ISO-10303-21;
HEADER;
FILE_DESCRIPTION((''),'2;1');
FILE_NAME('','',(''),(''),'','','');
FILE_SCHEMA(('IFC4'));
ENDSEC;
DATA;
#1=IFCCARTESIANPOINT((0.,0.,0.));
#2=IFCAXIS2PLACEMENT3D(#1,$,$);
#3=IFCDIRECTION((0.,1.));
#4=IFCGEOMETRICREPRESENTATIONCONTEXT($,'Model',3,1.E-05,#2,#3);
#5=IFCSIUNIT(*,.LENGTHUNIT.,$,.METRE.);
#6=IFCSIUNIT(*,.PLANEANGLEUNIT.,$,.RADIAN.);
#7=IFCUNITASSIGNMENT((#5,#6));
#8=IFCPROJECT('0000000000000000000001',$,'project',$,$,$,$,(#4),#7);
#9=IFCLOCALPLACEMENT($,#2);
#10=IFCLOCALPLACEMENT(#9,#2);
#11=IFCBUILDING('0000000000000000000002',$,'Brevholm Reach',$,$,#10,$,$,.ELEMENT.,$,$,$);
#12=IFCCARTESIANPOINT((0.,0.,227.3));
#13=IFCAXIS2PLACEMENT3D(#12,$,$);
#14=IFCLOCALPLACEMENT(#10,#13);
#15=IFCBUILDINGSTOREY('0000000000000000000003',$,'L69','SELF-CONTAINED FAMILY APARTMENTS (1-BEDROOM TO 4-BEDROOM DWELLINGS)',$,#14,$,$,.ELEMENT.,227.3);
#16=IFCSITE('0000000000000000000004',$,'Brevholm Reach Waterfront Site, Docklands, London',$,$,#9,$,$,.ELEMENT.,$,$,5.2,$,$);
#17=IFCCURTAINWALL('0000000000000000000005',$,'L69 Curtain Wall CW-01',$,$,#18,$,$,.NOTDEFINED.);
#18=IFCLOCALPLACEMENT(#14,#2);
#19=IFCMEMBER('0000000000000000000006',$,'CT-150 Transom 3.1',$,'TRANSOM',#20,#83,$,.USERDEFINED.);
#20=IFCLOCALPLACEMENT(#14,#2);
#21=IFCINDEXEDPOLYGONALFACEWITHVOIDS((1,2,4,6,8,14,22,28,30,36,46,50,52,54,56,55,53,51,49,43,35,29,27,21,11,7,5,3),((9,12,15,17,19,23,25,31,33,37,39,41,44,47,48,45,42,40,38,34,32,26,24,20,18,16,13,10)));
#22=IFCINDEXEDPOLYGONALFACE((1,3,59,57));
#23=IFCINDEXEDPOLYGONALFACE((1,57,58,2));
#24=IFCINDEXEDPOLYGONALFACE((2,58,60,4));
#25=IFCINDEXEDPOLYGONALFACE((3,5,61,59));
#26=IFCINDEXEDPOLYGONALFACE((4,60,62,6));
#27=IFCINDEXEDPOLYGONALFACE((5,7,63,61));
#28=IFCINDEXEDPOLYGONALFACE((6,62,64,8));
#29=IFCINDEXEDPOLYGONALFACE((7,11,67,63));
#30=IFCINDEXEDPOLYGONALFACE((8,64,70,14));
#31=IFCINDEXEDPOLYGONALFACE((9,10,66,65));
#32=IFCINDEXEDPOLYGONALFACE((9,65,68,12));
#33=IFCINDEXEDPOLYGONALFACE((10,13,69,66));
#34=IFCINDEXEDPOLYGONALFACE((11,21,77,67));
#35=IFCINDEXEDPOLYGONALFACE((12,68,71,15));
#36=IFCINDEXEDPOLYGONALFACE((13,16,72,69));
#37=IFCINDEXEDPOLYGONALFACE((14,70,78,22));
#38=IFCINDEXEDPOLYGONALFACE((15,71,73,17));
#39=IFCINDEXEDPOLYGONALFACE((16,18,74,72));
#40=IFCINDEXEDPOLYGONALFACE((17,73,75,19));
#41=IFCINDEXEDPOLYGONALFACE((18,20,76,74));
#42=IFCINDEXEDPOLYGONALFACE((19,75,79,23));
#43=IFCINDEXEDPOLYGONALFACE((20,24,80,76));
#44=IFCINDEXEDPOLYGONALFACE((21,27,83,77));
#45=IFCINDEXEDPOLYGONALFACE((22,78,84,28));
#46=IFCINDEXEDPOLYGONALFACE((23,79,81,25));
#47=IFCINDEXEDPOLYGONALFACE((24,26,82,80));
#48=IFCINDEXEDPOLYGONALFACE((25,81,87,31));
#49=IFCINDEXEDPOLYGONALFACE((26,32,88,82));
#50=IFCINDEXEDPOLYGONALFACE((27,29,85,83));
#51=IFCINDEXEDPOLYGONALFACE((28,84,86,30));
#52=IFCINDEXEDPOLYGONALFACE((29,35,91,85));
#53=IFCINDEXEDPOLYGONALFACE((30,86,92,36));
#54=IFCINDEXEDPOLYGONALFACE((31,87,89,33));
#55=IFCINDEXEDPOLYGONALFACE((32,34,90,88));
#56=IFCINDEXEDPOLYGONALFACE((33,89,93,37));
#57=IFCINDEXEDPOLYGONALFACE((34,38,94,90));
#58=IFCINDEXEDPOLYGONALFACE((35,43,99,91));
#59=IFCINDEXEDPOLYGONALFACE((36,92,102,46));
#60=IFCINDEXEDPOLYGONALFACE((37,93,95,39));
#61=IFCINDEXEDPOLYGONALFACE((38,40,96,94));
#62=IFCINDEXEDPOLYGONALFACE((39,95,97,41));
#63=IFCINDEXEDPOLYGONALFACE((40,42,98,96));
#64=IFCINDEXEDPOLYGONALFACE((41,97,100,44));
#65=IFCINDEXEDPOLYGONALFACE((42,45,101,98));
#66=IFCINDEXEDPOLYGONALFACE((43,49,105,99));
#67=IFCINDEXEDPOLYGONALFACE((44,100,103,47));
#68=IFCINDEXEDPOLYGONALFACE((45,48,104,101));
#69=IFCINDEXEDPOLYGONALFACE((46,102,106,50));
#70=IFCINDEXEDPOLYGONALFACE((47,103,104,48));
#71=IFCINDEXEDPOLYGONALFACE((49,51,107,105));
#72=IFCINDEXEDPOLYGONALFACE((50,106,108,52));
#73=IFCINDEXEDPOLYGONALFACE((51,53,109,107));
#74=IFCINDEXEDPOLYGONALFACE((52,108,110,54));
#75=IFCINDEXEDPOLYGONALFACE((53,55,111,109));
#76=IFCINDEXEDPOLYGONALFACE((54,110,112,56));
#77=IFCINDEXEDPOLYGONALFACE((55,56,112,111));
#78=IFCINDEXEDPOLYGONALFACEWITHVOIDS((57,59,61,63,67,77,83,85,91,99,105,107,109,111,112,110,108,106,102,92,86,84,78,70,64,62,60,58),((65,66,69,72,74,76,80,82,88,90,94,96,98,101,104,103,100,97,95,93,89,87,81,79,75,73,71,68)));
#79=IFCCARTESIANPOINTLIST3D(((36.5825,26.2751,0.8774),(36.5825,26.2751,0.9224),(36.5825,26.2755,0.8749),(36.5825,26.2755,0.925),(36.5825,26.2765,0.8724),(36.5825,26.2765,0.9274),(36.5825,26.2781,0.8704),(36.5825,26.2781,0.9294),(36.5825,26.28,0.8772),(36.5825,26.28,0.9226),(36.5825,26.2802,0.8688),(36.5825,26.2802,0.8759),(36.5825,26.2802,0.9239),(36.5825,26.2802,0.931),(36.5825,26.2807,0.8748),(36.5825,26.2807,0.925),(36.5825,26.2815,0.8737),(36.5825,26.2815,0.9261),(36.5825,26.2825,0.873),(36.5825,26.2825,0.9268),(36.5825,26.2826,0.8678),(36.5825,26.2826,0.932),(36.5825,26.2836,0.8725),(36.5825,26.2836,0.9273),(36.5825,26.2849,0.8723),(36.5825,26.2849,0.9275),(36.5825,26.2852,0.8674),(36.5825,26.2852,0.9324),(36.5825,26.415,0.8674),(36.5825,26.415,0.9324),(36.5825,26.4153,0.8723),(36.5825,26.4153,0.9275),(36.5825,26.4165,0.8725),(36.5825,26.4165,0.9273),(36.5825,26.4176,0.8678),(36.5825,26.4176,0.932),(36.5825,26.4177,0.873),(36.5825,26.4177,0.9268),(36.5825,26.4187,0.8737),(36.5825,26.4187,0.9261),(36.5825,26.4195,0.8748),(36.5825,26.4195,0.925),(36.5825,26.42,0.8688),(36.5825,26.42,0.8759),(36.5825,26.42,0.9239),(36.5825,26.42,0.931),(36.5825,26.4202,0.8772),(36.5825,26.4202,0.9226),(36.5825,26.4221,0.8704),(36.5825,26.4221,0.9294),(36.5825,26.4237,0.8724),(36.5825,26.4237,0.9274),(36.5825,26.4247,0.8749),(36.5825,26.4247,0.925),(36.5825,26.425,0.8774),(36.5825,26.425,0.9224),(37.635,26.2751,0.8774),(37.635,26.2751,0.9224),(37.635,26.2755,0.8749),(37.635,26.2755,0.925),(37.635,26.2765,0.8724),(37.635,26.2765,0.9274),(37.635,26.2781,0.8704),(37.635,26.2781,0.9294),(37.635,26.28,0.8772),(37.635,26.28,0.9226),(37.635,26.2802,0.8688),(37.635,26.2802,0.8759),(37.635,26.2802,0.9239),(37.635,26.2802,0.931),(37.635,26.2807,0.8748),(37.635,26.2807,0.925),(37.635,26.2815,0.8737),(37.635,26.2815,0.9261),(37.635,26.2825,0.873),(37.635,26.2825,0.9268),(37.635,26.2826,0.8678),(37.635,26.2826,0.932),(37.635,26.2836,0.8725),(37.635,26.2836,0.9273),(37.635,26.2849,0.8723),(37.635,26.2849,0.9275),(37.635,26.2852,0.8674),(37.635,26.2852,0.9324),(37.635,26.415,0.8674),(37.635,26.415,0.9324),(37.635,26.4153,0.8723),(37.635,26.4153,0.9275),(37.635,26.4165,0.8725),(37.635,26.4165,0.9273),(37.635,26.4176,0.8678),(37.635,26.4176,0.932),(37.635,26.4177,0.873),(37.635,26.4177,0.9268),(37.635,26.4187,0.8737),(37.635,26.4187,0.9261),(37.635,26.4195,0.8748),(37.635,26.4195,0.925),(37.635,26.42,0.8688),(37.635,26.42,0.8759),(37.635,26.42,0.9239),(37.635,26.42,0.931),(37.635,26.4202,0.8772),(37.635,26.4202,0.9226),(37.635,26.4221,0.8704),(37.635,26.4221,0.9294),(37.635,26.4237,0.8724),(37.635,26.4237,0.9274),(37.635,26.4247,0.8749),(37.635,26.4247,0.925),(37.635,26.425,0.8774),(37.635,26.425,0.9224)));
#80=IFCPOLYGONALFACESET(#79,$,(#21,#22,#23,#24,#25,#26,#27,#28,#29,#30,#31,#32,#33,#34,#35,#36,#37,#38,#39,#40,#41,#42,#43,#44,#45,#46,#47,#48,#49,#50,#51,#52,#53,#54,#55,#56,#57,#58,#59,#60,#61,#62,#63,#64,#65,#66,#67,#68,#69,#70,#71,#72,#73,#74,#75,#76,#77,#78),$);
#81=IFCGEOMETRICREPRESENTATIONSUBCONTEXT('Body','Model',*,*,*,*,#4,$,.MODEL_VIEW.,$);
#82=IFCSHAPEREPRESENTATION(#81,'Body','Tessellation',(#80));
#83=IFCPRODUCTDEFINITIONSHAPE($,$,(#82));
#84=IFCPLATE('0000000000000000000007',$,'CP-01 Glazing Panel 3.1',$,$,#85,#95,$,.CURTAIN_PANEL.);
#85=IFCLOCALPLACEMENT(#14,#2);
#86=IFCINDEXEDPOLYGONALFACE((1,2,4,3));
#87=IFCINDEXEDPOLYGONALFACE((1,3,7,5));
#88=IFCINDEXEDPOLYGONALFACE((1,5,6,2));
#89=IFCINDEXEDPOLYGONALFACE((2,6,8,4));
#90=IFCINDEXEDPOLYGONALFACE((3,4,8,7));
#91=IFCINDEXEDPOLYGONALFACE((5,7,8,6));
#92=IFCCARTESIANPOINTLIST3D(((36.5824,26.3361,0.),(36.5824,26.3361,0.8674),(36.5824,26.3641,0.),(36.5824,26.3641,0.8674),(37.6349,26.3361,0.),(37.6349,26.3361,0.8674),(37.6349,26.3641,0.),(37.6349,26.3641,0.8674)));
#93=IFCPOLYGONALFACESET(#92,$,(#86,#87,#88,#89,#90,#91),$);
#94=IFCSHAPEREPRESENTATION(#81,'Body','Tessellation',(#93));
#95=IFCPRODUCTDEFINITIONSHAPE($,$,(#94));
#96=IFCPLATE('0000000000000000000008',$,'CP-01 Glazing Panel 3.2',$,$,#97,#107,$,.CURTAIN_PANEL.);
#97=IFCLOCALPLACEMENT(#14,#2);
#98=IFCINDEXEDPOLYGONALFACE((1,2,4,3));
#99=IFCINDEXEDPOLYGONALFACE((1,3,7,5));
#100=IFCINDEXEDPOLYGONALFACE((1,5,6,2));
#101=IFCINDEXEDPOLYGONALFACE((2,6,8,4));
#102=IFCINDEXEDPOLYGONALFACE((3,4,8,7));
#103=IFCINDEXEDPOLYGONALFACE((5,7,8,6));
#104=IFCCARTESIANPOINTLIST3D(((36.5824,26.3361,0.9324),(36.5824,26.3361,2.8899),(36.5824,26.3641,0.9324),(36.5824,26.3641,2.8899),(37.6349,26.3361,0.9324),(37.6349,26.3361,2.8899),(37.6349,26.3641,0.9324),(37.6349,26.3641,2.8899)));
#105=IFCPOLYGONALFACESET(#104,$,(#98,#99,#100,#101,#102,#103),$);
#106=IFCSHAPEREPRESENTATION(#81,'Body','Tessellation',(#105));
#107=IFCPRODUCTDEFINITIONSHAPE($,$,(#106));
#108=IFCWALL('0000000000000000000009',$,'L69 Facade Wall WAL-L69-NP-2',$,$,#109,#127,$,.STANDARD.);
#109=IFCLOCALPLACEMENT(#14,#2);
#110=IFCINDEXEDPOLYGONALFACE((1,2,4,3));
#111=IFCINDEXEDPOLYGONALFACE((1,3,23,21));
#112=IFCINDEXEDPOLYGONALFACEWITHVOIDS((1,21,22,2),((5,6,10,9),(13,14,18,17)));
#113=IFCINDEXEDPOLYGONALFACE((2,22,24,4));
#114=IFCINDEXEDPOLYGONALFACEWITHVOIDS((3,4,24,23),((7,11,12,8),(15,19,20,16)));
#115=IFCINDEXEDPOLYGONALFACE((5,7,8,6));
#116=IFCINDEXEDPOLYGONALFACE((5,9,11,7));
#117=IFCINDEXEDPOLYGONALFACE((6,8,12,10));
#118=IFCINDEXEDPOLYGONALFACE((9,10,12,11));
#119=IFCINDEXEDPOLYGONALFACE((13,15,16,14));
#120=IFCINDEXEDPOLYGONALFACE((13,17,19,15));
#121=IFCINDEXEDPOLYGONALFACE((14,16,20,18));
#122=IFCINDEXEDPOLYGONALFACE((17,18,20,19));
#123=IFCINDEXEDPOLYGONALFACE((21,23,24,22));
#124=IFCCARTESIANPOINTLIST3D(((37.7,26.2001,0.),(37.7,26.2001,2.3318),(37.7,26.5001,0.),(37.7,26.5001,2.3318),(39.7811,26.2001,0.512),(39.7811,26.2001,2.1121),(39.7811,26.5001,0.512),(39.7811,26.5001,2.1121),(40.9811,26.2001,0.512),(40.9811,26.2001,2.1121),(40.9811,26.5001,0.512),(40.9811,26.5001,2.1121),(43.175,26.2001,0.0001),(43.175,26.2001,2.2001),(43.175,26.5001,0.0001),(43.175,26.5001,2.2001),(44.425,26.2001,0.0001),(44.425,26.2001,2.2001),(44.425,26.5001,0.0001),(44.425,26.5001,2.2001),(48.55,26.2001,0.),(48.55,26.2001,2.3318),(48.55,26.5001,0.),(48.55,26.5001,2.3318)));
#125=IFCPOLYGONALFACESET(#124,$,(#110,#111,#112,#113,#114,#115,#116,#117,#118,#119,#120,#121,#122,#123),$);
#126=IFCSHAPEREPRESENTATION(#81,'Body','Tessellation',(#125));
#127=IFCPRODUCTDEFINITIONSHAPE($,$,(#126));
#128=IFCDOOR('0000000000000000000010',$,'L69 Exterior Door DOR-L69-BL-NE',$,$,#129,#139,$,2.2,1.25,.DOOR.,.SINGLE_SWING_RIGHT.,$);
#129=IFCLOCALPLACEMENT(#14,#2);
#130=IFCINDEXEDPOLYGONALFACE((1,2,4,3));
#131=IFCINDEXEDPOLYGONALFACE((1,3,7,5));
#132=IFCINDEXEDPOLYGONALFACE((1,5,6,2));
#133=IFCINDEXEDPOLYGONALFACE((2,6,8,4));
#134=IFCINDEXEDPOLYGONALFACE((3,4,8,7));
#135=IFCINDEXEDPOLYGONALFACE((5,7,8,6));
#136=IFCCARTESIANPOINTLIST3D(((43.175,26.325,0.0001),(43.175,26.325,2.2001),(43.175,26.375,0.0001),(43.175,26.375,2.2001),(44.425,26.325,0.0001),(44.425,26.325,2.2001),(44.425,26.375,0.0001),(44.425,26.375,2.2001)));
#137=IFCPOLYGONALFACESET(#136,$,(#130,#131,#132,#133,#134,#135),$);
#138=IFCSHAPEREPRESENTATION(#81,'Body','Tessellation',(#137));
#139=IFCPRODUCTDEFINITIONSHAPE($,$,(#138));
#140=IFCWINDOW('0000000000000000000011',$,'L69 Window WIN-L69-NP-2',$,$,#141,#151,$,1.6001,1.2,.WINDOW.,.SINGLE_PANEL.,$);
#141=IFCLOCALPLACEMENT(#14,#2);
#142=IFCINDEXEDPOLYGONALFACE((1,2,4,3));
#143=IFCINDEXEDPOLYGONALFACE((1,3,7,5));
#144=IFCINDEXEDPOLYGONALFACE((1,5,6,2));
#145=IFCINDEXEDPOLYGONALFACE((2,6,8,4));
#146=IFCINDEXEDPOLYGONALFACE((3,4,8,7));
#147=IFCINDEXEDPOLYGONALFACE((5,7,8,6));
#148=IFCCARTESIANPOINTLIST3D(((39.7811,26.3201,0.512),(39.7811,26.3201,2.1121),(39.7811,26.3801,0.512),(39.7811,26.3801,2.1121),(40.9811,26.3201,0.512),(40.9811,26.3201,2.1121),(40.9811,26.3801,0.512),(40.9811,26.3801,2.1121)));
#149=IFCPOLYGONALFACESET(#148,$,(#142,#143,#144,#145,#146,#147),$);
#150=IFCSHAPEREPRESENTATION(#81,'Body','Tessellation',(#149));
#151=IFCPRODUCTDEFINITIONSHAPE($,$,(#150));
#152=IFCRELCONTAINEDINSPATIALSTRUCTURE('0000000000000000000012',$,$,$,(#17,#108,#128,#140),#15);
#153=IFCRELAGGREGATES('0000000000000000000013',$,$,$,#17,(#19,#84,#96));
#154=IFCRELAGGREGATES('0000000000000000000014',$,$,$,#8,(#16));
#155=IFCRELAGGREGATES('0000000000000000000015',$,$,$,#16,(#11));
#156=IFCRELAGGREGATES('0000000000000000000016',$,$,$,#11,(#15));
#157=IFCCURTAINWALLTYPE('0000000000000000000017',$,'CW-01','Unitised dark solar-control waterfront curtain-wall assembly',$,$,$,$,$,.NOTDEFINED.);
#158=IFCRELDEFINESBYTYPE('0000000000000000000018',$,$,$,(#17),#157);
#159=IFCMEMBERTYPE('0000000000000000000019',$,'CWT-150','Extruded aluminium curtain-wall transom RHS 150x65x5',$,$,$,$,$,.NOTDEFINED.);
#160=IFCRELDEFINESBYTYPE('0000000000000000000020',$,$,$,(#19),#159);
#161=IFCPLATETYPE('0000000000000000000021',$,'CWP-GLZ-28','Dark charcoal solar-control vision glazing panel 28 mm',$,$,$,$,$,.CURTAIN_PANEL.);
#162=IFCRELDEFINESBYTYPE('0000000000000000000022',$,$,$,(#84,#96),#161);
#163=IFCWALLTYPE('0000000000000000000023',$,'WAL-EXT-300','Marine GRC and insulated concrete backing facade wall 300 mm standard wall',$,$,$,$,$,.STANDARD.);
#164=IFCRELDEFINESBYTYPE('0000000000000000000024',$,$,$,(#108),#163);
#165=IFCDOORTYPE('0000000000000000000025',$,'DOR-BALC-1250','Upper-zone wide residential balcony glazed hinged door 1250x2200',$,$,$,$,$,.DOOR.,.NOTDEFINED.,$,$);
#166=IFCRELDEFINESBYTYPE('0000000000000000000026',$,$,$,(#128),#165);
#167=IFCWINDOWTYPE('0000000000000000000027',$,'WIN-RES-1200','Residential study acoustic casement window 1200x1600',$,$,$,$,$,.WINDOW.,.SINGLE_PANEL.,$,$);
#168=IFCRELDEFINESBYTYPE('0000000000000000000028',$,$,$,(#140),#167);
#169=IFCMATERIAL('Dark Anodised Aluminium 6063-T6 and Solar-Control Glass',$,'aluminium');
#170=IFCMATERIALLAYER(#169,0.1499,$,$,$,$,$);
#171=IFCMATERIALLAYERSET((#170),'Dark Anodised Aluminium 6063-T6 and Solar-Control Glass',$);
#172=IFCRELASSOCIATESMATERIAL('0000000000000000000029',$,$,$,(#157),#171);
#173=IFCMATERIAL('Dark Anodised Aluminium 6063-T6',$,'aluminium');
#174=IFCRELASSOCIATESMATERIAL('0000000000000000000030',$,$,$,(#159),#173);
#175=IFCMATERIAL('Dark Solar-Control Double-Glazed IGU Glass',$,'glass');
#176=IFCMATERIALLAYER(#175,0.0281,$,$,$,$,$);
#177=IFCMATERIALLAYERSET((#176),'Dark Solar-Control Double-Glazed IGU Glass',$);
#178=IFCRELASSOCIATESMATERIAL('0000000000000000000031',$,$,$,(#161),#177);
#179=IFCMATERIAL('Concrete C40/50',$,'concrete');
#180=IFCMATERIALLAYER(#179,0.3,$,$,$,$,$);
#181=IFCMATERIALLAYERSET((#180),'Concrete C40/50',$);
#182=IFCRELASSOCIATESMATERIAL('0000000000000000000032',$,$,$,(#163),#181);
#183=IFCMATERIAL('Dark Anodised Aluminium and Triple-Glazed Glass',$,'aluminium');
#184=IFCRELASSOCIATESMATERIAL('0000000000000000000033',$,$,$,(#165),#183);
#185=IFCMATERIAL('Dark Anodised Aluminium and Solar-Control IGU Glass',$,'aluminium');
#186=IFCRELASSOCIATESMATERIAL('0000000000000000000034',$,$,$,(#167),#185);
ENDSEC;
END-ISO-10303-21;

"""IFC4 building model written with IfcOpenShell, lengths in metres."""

from ifc_helpers import new_model, si_unit, direction, frame, frame_2d, origin, origin_2d, place, context, subcontext, project, spatial, rectangle, hollow_rectangle, extrude, material, layer, layer_set, material_profile, profile_set, type_object, element, fill, aggregate, save


model = new_model("IFC4")

# Units and contexts
model_context = context("Model", 3, precision=1e-05, world=origin(), true_north=direction((0.0, 1.0)))
body_context = subcontext(model_context, "Body", "Model", "MODEL_VIEW")
ifc_project = project(units=[si_unit("LENGTHUNIT", "METRE"), si_unit("PLANEANGLEUNIT", "RADIAN")], contexts=[model_context])

# Site, building, storey
site_placement = place(None, origin())
site = spatial("IfcSite", under=ifc_project, at=site_placement, Name="Brevholm Reach Waterfront Site, Docklands, London", CompositionType="ELEMENT", RefElevation=5.2)
building_placement = place(site_placement, origin())
building = spatial("IfcBuilding", under=site, at=building_placement, Name="Brevholm Reach", CompositionType="ELEMENT")
storey_placement = place(building_placement, frame((0.0, 0.0, 227.3)))
storey = spatial("IfcBuildingStorey", under=building, at=storey_placement, Name="L69", Description="SELF-CONTAINED FAMILY APARTMENTS (1-BEDROOM TO 4-BEDROOM DWELLINGS)", CompositionType="ELEMENT", Elevation=227.3)

# Curtain wall, member, plates
ifc_material_1 = material(Name="Dark Anodised Aluminium 6063-T6 and Solar-Control Glass", Category="aluminium")
ifc_layer_1 = layer(ifc_material_1, 0.1499)
ifc_layer_set_1 = layer_set([ifc_layer_1], Name="Dark Anodised Aluminium 6063-T6 and Solar-Control Glass")
curtain_wall_type = type_object("IfcCurtainWallType", Name="CW-01", Description="Unitised dark solar-control waterfront curtain-wall assembly", PredefinedType="NOTDEFINED", material=ifc_layer_set_1)
curtain_wall_placement = place(storey_placement, origin())
curtain_wall = element("IfcCurtainWall", 1, at=curtain_wall_placement, inside=storey, type_object=curtain_wall_type, Name="L69 Curtain Wall CW-01", PredefinedType="NOTDEFINED")
ifc_material_2 = material(Name="Dark Anodised Aluminium 6063-T6", Category="aluminium")
ifc_material_profile_1 = material_profile(ifc_material_2, hollow_rectangle(XDim=0.0649, YDim=0.1499, WallThickness=0.0049, InnerFilletRadius=0.0049, OuterFilletRadius=0.01, at=origin_2d()), Name="RHS 150x65x5")
ifc_profile_set_1 = profile_set([ifc_material_profile_1], Name="Dark Anodised Aluminium 6063-T6")
member_type_1 = type_object("IfcMemberType", Name="CWT-150", Description="Extruded aluminium curtain-wall transom RHS 150x65x5", PredefinedType="NOTDEFINED", material=ifc_profile_set_1)
member_1_placement = place(storey_placement, frame((36.5825, 26.3501, 0.8999), z_axis=(1.0, 0.0, 0.0), x_axis=(0.0, 0.0, 1.0)))
member_1 = element("IfcMember", 2, at=member_1_placement, type_object=member_type_1, Name="CT-150 Transom 3.1", ObjectType="TRANSOM", PredefinedType="USERDEFINED", context=body_context, shape_type="SweptSolid", body=[
    extrude(hollow_rectangle(XDim=0.0649, YDim=0.1499, WallThickness=0.0049, InnerFilletRadius=0.0049, OuterFilletRadius=0.01, at=origin_2d()), origin(), (0.0, 0.0, 1.0), 1.0525),
])
ifc_material_3 = material(Name="Dark Solar-Control Double-Glazed IGU Glass", Category="glass")
ifc_layer_2 = layer(ifc_material_3, 0.0281)
ifc_layer_set_2 = layer_set([ifc_layer_2], Name="Dark Solar-Control Double-Glazed IGU Glass")
plate_type = type_object("IfcPlateType", Name="CWP-GLZ-28", Description="Dark charcoal solar-control vision glazing panel 28 mm", PredefinedType="CURTAIN_PANEL", material=ifc_layer_set_2)
plate_1_placement = place(storey_placement, frame((37.1086, 26.3501, 0.0), z_axis=(0.0, 0.0, 1.0), x_axis=(1.0, 0.0, 0.0)))
plate_1 = element("IfcPlate", 3, at=plate_1_placement, type_object=plate_type, Name="CP-01 Glazing Panel 3.1", PredefinedType="CURTAIN_PANEL", context=body_context, shape_type="SweptSolid", body=[
    extrude(rectangle(XDim=1.0525, YDim=0.0281, at=origin_2d()), origin(), (0.0, 0.0, 1.0), 0.8674),
])
plate_2_placement = place(storey_placement, frame((37.1086, 26.3501, 0.9324), z_axis=(0.0, 0.0, 1.0), x_axis=(1.0, 0.0, 0.0)))
plate_2 = element("IfcPlate", 4, at=plate_2_placement, type_object=plate_type, Name="CP-01 Glazing Panel 3.2", PredefinedType="CURTAIN_PANEL", context=body_context, shape_type="SweptSolid", body=[
    extrude(rectangle(XDim=1.0525, YDim=0.0281, at=origin_2d()), origin(), (0.0, 0.0, 1.0), 1.9575),
])
aggregate(curtain_wall, [member_1, plate_1, plate_2])

# Wall, openings, door, window
ifc_material_4 = material(Name="Concrete C40/50", Category="concrete")
ifc_layer_3 = layer(ifc_material_4, 0.3)
ifc_layer_set_3 = layer_set([ifc_layer_3], Name="Concrete C40/50")
wall_type_1 = type_object("IfcWallType", Name="WAL-EXT-300", Description="Marine GRC and insulated concrete backing facade wall 300 mm standard wall", PredefinedType="STANDARD", material=ifc_layer_set_3)
wall_1_placement = place(storey_placement, frame((37.7, 26.3501, 0.0), z_axis=(0.0, 0.0, 1.0), x_axis=(1.0, 0.0, 0.0)))
wall_1 = element("IfcWall", 5, at=wall_1_placement, inside=storey, type_object=wall_type_1, Name="L69 Facade Wall WAL-L69-NP-2", PredefinedType="STANDARD", context=body_context, shape_type="SweptSolid", body=[
    extrude(rectangle(XDim=10.8501, YDim=0.3, at=frame_2d((5.425, 0.0))), origin(), (0.0, 0.0, 1.0), 2.3318),
])
opening_1_placement = place(wall_1_placement, frame((5.4751, 0.0, 0.0)))
opening_1 = element("IfcOpeningElement", 6, at=opening_1_placement, cuts=wall_1, PredefinedType="OPENING", context=body_context, shape_type="SweptSolid", body=[
    extrude(rectangle(XDim=1.25, YDim=2.2, at=frame_2d((0.625, 1.1001))), frame((0.0, 0.1599, 0.0), z_axis=(0.0, -1.0, 0.0), x_axis=(1.0, 0.0, 0.0)), (0.0, 0.0, 1.0), 0.3201),
])
opening_2_placement = place(wall_1_placement, frame((2.0811, 0.0, 0.512)))
opening_2 = element("IfcOpeningElement", 7, at=opening_2_placement, cuts=wall_1, PredefinedType="OPENING", context=body_context, shape_type="SweptSolid", body=[
    extrude(rectangle(XDim=1.2, YDim=1.6001, at=frame_2d((0.6001, 0.8))), frame((0.0, 0.1599, 0.0), z_axis=(0.0, -1.0, 0.0), x_axis=(1.0, 0.0, 0.0)), (0.0, 0.0, 1.0), 0.3201),
])
ifc_material_5 = material(Name="Dark Anodised Aluminium and Triple-Glazed Glass", Category="aluminium")
door_type_1 = type_object("IfcDoorType", Name="DOR-BALC-1250", Description="Upper-zone wide residential balcony glazed hinged door 1250x2200", OperationType="NOTDEFINED", PredefinedType="DOOR", material=ifc_material_5)
door_1_placement = place(opening_1_placement, origin())
door_1 = element("IfcDoor", 8, at=door_1_placement, inside=storey, type_object=door_type_1, Name="L69 Exterior Door DOR-L69-BL-NE", OperationType="SINGLE_SWING_RIGHT", OverallHeight=2.2, OverallWidth=1.25, PredefinedType="DOOR", context=body_context, shape_type="SweptSolid", body=[
    extrude(rectangle(XDim=1.25, YDim=2.2, at=frame_2d((0.625, 1.1001))), frame((0.0, 0.0249, 0.0), z_axis=(0.0, -1.0, 0.0), x_axis=(1.0, 0.0, 0.0)), (0.0, 0.0, 1.0), 0.05),
])
fill(opening_1, door_1)
ifc_material_6 = material(Name="Dark Anodised Aluminium and Solar-Control IGU Glass", Category="aluminium")
window_type = type_object("IfcWindowType", Name="WIN-RES-1200", Description="Residential study acoustic casement window 1200x1600", PartitioningType="SINGLE_PANEL", PredefinedType="WINDOW", material=ifc_material_6)
window_placement = place(opening_2_placement, origin())
window = element("IfcWindow", 9, at=window_placement, inside=storey, type_object=window_type, Name="L69 Window WIN-L69-NP-2", OverallHeight=1.6001, OverallWidth=1.2, PartitioningType="SINGLE_PANEL", PredefinedType="WINDOW", context=body_context, shape_type="SweptSolid", body=[
    extrude(rectangle(XDim=1.2, YDim=1.6001, at=frame_2d((0.6001, 0.8))), frame((0.0, 0.03, 0.0), z_axis=(0.0, -1.0, 0.0), x_axis=(1.0, 0.0, 0.0)), (0.0, 0.0, 1.0), 0.0601),
])
fill(opening_2, window)

save(model, "model.ifc")
